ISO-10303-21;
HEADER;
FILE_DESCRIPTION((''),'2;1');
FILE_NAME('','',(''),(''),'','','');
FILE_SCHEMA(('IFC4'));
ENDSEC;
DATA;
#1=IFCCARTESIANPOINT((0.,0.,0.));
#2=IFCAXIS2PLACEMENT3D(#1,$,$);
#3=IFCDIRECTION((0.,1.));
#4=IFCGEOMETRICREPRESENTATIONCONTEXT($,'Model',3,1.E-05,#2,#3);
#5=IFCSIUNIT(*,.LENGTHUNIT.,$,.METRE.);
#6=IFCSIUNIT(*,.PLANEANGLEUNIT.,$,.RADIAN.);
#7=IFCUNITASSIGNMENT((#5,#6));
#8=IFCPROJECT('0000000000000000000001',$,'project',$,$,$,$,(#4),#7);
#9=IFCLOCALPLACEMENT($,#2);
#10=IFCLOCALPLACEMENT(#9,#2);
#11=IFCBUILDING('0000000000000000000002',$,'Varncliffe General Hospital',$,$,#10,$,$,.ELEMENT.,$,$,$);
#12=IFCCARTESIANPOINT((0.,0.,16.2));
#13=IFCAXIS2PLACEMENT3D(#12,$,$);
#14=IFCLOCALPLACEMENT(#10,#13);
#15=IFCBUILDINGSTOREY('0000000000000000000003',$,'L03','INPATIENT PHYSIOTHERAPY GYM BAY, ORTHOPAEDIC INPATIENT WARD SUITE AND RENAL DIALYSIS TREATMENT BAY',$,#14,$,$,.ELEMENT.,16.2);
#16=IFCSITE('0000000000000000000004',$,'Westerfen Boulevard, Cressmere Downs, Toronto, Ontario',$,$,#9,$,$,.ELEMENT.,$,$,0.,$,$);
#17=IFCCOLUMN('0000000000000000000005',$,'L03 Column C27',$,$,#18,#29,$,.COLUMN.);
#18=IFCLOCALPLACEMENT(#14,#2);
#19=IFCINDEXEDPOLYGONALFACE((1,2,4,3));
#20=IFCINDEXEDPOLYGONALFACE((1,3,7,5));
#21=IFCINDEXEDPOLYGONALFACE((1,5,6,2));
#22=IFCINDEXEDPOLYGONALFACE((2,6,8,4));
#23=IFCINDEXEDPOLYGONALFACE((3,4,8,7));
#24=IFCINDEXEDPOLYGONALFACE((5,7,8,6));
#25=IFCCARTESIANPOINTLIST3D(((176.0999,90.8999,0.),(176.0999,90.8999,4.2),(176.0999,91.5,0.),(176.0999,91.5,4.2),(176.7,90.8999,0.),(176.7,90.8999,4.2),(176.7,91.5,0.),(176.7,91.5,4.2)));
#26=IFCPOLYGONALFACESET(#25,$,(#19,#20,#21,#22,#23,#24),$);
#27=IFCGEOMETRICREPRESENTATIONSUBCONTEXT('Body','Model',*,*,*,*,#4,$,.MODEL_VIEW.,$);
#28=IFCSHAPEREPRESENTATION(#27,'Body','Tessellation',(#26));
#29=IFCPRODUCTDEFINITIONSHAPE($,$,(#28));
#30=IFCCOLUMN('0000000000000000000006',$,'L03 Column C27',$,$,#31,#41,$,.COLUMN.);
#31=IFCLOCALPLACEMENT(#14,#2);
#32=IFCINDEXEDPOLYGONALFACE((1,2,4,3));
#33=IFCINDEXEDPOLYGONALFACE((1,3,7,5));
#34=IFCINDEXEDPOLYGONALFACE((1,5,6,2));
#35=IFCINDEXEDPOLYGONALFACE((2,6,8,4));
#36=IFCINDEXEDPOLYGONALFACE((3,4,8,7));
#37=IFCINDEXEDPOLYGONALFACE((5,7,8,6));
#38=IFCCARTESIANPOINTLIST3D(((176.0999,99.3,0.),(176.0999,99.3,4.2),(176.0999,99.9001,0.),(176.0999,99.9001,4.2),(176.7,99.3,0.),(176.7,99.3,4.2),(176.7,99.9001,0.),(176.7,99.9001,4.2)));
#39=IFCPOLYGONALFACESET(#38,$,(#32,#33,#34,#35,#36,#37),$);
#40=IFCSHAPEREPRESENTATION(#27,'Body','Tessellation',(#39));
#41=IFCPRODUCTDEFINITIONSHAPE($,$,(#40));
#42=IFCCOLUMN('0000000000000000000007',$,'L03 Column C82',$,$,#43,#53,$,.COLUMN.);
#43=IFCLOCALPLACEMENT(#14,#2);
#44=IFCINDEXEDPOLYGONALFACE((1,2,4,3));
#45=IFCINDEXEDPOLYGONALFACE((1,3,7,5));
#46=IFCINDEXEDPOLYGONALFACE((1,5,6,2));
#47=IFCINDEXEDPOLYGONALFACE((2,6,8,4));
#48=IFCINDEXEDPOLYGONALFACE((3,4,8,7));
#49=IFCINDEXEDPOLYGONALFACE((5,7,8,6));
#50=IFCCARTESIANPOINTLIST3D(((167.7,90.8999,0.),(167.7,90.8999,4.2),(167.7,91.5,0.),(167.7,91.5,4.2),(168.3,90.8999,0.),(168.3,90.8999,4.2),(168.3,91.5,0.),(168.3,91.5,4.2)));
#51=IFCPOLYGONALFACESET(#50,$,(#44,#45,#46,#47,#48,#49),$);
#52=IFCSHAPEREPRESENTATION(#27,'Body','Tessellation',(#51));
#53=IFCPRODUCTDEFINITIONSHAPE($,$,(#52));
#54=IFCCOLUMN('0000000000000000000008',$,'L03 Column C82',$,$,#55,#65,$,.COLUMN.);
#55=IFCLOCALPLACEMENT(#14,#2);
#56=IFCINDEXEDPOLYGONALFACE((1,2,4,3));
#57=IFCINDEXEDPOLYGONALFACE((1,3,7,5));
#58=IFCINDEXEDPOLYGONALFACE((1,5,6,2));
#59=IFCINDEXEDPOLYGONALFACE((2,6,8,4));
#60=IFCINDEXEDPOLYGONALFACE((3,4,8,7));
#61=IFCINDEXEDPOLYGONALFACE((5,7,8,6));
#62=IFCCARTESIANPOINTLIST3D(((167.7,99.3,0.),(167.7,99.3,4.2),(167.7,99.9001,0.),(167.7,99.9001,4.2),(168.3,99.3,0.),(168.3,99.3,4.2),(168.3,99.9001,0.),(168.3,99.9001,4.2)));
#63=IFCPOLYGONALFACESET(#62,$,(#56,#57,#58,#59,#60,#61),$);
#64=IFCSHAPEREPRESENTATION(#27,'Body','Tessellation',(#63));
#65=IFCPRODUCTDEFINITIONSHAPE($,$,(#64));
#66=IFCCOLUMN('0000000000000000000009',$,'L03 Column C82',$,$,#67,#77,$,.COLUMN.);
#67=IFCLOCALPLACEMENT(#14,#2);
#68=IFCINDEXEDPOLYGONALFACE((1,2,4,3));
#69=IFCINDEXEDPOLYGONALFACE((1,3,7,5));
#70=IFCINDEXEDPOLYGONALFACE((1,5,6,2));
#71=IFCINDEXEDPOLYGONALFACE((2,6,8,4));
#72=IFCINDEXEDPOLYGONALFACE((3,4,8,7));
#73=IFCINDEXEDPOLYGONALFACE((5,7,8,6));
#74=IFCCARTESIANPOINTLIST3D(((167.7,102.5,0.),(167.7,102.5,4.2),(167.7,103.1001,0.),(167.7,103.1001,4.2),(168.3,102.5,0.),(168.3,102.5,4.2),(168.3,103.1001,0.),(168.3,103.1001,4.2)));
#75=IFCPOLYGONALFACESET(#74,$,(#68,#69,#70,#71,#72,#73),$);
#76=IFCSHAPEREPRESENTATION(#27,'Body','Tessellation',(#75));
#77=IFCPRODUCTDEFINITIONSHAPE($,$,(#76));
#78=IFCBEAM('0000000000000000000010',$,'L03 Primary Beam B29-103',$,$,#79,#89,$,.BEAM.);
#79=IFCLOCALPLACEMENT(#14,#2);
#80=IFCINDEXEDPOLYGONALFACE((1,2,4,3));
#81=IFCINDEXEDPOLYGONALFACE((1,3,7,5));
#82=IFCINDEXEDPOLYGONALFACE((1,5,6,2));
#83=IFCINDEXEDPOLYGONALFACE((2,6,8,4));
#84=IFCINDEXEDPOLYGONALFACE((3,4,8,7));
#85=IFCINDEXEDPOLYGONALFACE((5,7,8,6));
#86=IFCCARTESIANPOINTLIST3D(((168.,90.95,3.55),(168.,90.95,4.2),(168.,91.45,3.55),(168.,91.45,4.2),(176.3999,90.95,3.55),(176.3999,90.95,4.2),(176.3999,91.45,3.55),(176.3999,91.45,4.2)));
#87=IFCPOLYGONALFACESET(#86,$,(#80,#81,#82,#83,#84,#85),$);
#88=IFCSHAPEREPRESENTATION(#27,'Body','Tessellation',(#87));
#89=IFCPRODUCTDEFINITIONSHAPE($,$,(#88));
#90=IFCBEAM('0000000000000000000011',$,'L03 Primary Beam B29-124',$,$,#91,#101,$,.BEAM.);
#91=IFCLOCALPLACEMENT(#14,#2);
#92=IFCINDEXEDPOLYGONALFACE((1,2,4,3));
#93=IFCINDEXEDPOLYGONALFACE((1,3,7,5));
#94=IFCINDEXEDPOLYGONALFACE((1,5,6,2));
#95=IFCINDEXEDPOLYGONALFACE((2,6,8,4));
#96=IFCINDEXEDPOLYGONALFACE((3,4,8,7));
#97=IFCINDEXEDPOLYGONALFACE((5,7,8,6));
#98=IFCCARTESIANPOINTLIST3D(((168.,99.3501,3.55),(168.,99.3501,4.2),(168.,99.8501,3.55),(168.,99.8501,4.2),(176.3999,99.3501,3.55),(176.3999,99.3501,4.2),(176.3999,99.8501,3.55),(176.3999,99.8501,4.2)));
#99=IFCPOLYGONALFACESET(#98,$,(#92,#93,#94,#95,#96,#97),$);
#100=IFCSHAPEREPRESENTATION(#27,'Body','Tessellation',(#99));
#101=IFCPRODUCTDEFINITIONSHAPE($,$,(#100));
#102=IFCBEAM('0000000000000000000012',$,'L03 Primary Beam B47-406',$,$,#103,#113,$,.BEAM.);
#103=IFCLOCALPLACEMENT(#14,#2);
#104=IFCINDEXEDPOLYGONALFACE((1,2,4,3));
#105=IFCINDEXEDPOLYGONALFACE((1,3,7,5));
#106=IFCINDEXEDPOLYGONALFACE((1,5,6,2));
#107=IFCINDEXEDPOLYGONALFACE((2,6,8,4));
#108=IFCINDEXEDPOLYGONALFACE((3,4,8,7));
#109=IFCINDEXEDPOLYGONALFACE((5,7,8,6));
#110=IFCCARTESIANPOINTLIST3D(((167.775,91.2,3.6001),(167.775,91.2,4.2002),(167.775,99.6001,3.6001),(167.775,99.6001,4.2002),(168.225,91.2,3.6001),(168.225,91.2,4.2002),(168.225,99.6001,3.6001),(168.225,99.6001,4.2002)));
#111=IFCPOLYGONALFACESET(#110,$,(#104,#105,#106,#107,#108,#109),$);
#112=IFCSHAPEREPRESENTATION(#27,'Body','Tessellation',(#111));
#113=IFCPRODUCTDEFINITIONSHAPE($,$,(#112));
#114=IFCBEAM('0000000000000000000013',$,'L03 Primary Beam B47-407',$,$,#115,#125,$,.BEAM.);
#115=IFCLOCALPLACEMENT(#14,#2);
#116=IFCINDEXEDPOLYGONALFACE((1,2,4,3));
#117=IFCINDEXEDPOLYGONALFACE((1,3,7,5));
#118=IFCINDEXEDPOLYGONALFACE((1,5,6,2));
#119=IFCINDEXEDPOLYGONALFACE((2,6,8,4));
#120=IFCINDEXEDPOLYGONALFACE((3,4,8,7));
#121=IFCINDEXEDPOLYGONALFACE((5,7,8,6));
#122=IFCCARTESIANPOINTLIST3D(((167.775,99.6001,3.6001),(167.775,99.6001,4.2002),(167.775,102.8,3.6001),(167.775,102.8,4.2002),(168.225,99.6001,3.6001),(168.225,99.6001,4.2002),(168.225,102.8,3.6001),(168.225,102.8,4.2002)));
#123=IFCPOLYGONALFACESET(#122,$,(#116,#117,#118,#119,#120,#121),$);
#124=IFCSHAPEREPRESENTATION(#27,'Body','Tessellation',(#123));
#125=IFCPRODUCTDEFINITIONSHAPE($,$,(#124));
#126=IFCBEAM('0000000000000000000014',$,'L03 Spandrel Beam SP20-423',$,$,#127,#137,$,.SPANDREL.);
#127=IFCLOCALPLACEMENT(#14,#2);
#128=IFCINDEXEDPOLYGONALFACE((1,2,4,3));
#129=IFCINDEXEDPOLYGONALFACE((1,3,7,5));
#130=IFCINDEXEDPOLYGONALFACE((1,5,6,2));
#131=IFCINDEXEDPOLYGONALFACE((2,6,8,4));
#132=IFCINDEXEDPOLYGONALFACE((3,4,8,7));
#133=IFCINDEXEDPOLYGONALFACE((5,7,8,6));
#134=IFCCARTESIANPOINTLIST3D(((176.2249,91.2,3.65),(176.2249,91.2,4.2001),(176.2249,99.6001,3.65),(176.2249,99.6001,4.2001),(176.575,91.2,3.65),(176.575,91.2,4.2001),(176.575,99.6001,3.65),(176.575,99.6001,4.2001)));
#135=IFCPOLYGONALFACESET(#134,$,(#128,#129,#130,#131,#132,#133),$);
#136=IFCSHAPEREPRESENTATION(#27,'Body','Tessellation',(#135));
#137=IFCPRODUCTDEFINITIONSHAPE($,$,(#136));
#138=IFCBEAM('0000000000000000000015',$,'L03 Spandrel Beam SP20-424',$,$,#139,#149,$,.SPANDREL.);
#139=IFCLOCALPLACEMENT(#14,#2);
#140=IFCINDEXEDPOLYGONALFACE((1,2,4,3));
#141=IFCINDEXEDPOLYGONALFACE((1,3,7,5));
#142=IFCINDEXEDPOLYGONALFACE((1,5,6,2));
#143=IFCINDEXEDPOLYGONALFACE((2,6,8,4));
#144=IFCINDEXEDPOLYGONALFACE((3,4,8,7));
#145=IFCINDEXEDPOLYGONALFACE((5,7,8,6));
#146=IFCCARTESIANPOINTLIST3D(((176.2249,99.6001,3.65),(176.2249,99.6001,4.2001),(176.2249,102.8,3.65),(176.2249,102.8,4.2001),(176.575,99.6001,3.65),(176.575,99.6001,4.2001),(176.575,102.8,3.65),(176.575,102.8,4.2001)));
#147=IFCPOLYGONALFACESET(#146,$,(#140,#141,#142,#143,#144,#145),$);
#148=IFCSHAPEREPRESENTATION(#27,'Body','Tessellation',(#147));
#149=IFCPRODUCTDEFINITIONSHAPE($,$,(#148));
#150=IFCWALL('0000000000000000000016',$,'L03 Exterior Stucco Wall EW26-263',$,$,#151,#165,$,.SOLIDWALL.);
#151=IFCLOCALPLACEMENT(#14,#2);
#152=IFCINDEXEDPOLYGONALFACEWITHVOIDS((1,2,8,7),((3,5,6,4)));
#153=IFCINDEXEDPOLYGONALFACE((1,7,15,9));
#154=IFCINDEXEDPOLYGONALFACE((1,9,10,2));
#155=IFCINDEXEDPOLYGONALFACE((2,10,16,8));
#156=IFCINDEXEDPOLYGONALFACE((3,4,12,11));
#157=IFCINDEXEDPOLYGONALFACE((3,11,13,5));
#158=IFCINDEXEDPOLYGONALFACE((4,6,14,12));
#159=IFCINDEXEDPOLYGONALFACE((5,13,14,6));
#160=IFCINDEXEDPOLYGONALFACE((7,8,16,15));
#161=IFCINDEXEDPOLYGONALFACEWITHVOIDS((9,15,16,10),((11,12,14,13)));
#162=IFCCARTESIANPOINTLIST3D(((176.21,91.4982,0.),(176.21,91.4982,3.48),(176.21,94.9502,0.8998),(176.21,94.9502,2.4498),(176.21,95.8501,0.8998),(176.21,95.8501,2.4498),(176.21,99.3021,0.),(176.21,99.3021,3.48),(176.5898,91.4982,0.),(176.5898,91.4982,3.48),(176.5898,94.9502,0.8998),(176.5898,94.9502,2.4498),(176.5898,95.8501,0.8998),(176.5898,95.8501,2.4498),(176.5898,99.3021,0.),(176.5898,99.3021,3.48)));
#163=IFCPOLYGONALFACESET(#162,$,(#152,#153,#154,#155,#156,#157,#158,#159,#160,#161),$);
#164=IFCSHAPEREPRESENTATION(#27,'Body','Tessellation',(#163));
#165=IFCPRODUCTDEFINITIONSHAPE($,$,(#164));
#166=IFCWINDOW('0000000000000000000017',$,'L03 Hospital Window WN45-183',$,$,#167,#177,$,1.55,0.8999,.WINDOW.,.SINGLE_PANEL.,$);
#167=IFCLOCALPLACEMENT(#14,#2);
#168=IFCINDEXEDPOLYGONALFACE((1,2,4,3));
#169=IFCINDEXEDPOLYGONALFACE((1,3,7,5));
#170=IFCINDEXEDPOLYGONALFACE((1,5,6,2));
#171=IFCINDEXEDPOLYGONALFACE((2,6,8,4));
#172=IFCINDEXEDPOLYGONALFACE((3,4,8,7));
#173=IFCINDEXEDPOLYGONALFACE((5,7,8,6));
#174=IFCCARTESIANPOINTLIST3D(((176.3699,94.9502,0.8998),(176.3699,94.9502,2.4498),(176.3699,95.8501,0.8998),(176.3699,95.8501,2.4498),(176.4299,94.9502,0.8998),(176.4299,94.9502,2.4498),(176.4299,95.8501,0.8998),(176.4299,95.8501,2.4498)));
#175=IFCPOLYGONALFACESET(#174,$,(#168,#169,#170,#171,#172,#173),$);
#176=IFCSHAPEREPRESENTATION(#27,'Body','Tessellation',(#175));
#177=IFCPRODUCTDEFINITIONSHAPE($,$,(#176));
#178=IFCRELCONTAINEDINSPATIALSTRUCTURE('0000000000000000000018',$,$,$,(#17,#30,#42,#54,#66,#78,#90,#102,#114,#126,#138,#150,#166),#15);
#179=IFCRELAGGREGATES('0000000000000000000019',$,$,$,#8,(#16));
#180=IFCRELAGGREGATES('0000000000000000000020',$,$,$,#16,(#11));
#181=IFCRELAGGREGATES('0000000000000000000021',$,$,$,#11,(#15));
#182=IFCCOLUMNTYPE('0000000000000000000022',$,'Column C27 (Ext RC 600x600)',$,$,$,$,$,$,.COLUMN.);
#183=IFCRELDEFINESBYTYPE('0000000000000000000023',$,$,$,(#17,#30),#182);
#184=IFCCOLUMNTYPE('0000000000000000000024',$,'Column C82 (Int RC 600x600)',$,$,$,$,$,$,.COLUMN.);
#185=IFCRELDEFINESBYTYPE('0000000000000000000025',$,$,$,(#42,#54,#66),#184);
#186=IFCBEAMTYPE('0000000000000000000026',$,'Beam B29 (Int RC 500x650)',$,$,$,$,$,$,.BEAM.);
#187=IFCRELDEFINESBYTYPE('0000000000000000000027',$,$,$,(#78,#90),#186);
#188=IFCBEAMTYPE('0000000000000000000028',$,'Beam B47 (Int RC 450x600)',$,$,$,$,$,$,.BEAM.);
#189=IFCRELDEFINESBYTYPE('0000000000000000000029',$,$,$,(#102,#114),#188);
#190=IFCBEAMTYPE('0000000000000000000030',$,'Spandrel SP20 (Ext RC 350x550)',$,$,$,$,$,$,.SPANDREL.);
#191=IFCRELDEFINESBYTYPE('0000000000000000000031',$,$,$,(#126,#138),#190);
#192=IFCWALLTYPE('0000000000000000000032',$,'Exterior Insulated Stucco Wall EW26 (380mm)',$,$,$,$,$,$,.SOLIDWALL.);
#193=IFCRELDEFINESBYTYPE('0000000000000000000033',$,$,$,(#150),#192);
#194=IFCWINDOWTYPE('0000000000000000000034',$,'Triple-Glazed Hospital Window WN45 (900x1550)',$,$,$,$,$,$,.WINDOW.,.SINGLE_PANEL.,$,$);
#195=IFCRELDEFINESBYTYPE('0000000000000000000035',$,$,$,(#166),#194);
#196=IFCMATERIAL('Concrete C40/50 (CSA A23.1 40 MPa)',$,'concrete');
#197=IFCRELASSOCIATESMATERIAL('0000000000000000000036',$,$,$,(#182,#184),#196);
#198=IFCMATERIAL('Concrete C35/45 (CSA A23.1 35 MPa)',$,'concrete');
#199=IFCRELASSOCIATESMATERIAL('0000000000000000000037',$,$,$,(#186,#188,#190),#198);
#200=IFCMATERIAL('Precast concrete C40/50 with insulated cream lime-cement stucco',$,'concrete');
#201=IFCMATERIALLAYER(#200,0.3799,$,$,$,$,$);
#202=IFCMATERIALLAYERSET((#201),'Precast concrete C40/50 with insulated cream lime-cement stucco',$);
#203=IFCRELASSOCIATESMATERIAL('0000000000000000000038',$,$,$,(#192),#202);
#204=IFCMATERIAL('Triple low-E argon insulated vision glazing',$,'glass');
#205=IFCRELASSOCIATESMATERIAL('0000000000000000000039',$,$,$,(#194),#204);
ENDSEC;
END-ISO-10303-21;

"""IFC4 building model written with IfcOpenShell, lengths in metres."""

from ifc_helpers import new_model, si_unit, direction, frame, frame_2d, origin, origin_2d, place, context, subcontext, project, spatial, rectangle, extrude, material, layer, layer_set, material_profile, profile_set, type_object, element, fill, save


model = new_model("IFC4")

# Units and contexts
model_context = context("Model", 3, precision=1e-05, world=origin(), true_north=direction((0.0, 1.0)))
body_context = subcontext(model_context, "Body", "Model", "MODEL_VIEW")
ifc_project = project(units=[si_unit("LENGTHUNIT", "METRE"), si_unit("PLANEANGLEUNIT", "RADIAN")], contexts=[model_context])

# Site, building, storey
site_placement = place(None, origin())
site = spatial("IfcSite", under=ifc_project, at=site_placement, Name="Westerfen Boulevard, Cressmere Downs, Toronto, Ontario", CompositionType="ELEMENT", RefElevation=0.0)
building_placement = place(site_placement, origin())
building = spatial("IfcBuilding", under=site, at=building_placement, Name="Varncliffe General Hospital", CompositionType="ELEMENT")
storey_placement = place(building_placement, frame((0.0, 0.0, 16.2)))
storey = spatial("IfcBuildingStorey", under=building, at=storey_placement, Name="L03", Description="INPATIENT PHYSIOTHERAPY GYM BAY, ORTHOPAEDIC INPATIENT WARD SUITE AND RENAL DIALYSIS TREATMENT BAY", CompositionType="ELEMENT", Elevation=16.2)

# Columns
ifc_material_1 = material(Name="Concrete C40/50 (CSA A23.1 40 MPa)", Category="concrete")
ifc_material_profile_1 = material_profile(ifc_material_1, rectangle(XDim=0.6001, YDim=0.6001, at=origin_2d()), Name="RC 600x600")
ifc_profile_set_1 = profile_set([ifc_material_profile_1], Name="Concrete C40/50 (CSA A23.1 40 MPa)")
column_type_1 = type_object("IfcColumnType", Name="Column C27 (Ext RC 600x600)", PredefinedType="COLUMN", material=ifc_profile_set_1)
for number, where, z_axis, x_axis, name in (
    (1, (176.3999, 91.2, 0.0), (0.0, 0.0, 1.0), (1.0, 0.0, 0.0), "L03 Column C27"),
    (2, (176.3999, 99.6001, 0.0), (0.0, 0.0, 1.0), (1.0, 0.0, 0.0), "L03 Column C27"),
):
    element("IfcColumn", number, at=place(storey_placement, frame(where, z_axis=z_axis, x_axis=x_axis)), inside=storey, type_object=column_type_1, Name=name, PredefinedType="COLUMN", context=body_context, shape_type="SweptSolid", body=[
        extrude(rectangle(XDim=0.6001, YDim=0.6001, at=origin_2d()), origin(), (0.0, 0.0, 1.0), 4.2),
    ])
ifc_material_profile_2 = material_profile(ifc_material_1, rectangle(XDim=0.6001, YDim=0.6001, at=origin_2d()), Name="RC 600x600")
ifc_profile_set_2 = profile_set([ifc_material_profile_2], Name="Concrete C40/50 (CSA A23.1 40 MPa)")
column_type_2 = type_object("IfcColumnType", Name="Column C82 (Int RC 600x600)", PredefinedType="COLUMN", material=ifc_profile_set_2)
for number, where, z_axis, x_axis, name in (
    (3, (168.0, 91.2, 0.0), (0.0, 0.0, 1.0), (1.0, 0.0, 0.0), "L03 Column C82"),
    (4, (168.0, 99.6001, 0.0), (0.0, 0.0, 1.0), (1.0, 0.0, 0.0), "L03 Column C82"),
    (5, (168.0, 102.8, 0.0), (0.0, 0.0, 1.0), (1.0, 0.0, 0.0), "L03 Column C82"),
):
    element("IfcColumn", number, at=place(storey_placement, frame(where, z_axis=z_axis, x_axis=x_axis)), inside=storey, type_object=column_type_2, Name=name, PredefinedType="COLUMN", context=body_context, shape_type="SweptSolid", body=[
        extrude(rectangle(XDim=0.6001, YDim=0.6001, at=origin_2d()), origin(), (0.0, 0.0, 1.0), 4.2),
    ])

# Beams
ifc_material_2 = material(Name="Concrete C35/45 (CSA A23.1 35 MPa)", Category="concrete")
ifc_material_profile_3 = material_profile(ifc_material_2, rectangle(XDim=0.5, YDim=0.6499, at=origin_2d()), Name="RC 500x650")
ifc_profile_set_3 = profile_set([ifc_material_profile_3], Name="Concrete C35/45 (CSA A23.1 35 MPa)")
beam_type_1 = type_object("IfcBeamType", Name="Beam B29 (Int RC 500x650)", PredefinedType="BEAM", material=ifc_profile_set_3)
for number, where, z_axis, x_axis, name in (
    (6, (168.0, 91.2, 3.875), (1.0, 0.0, 0.0), (0.0, 1.0, 0.0), "L03 Primary Beam B29-103"),
    (7, (168.0, 99.6001, 3.875), (1.0, 0.0, 0.0), (0.0, 1.0, 0.0), "L03 Primary Beam B29-124"),
):
    element("IfcBeam", number, at=place(storey_placement, frame(where, z_axis=z_axis, x_axis=x_axis)), inside=storey, type_object=beam_type_1, Name=name, PredefinedType="BEAM", context=body_context, shape_type="SweptSolid", body=[
        extrude(rectangle(XDim=0.5, YDim=0.6499, at=origin_2d()), origin(), (0.0, 0.0, 1.0), 8.3999),
    ])
ifc_material_profile_4 = material_profile(ifc_material_2, rectangle(XDim=0.45, YDim=0.6001, at=origin_2d()), Name="RC 450x600")
ifc_profile_set_4 = profile_set([ifc_material_profile_4], Name="Concrete C35/45 (CSA A23.1 35 MPa)")
beam_type_2 = type_object("IfcBeamType", Name="Beam B47 (Int RC 450x600)", PredefinedType="BEAM", material=ifc_profile_set_4)
beam_1_placement = place(storey_placement, frame((168.0, 91.2, 3.9001), z_axis=(0.0, 1.0, 0.0), x_axis=(-1.0, 0.0, 0.0)))
element("IfcBeam", 8, at=beam_1_placement, inside=storey, type_object=beam_type_2, Name="L03 Primary Beam B47-406", PredefinedType="BEAM", context=body_context, shape_type="SweptSolid", body=[
    extrude(rectangle(XDim=0.45, YDim=0.6001, at=origin_2d()), origin(), (0.0, 0.0, 1.0), 8.4001),
])
beam_2_placement = place(storey_placement, frame((168.0, 99.6001, 3.9001), z_axis=(0.0, 1.0, 0.0), x_axis=(-1.0, 0.0, 0.0)))
element("IfcBeam", 9, at=beam_2_placement, inside=storey, type_object=beam_type_2, Name="L03 Primary Beam B47-407", PredefinedType="BEAM", context=body_context, shape_type="SweptSolid", body=[
    extrude(rectangle(XDim=0.45, YDim=0.6001, at=origin_2d()), origin(), (0.0, 0.0, 1.0), 3.2),
])
ifc_material_profile_5 = material_profile(ifc_material_2, rectangle(XDim=0.3501, YDim=0.55, at=origin_2d()), Name="RC 350x550")
ifc_profile_set_5 = profile_set([ifc_material_profile_5], Name="Concrete C35/45 (CSA A23.1 35 MPa)")
beam_type_3 = type_object("IfcBeamType", Name="Spandrel SP20 (Ext RC 350x550)", PredefinedType="SPANDREL", material=ifc_profile_set_5)
beam_3_placement = place(storey_placement, frame((176.3999, 91.2, 3.925), z_axis=(0.0, 1.0, 0.0), x_axis=(-1.0, 0.0, 0.0)))
element("IfcBeam", 10, at=beam_3_placement, inside=storey, type_object=beam_type_3, Name="L03 Spandrel Beam SP20-423", PredefinedType="SPANDREL", context=body_context, shape_type="SweptSolid", body=[
    extrude(rectangle(XDim=0.3501, YDim=0.55, at=origin_2d()), origin(), (0.0, 0.0, 1.0), 8.4001),
])
beam_4_placement = place(storey_placement, frame((176.3999, 99.6001, 3.925), z_axis=(0.0, 1.0, 0.0), x_axis=(-1.0, 0.0, 0.0)))
element("IfcBeam", 11, at=beam_4_placement, inside=storey, type_object=beam_type_3, Name="L03 Spandrel Beam SP20-424", PredefinedType="SPANDREL", context=body_context, shape_type="SweptSolid", body=[
    extrude(rectangle(XDim=0.3501, YDim=0.55, at=origin_2d()), origin(), (0.0, 0.0, 1.0), 3.2),
])

# Wall, opening, window
ifc_material_3 = material(Name="Precast concrete C40/50 with insulated cream lime-cement stucco", Category="concrete")
ifc_layer_1 = layer(ifc_material_3, 0.3799)
ifc_layer_set_1 = layer_set([ifc_layer_1], Name="Precast concrete C40/50 with insulated cream lime-cement stucco")
wall_type_1 = type_object("IfcWallType", Name="Exterior Insulated Stucco Wall EW26 (380mm)", PredefinedType="SOLIDWALL", material=ifc_layer_set_1)
wall_1_placement = place(storey_placement, frame((176.3999, 99.302, 0.0), z_axis=(0.0, 0.0, 1.0), x_axis=(0.0, -1.0, 0.0)))
wall_1 = element("IfcWall", 12, at=wall_1_placement, inside=storey, type_object=wall_type_1, Name="L03 Exterior Stucco Wall EW26-263", PredefinedType="SOLIDWALL", context=body_context, shape_type="SweptSolid", body=[
    extrude(rectangle(XDim=7.804, YDim=0.3799, at=frame_2d((3.9019, 0.0))), origin(), (0.0, 0.0, 1.0), 3.48),
])
opening_1_placement = place(wall_1_placement, frame((3.4519, 0.0, 0.8999)))
opening_1 = element("IfcOpeningElement", 13, at=opening_1_placement, cuts=wall_1, PredefinedType="OPENING", context=body_context, shape_type="SweptSolid", body=[
    extrude(rectangle(XDim=0.8999, YDim=1.55, at=frame_2d((0.45, 0.7749))), frame((0.0, 0.2, 0.0), z_axis=(0.0, -1.0, 0.0), x_axis=(1.0, 0.0, 0.0)), (0.0, 0.0, 1.0), 0.3999),
])
ifc_material_4 = material(Name="Triple low-E argon insulated vision glazing", Category="glass")
window_type_1 = type_object("IfcWindowType", Name="Triple-Glazed Hospital Window WN45 (900x1550)", PartitioningType="SINGLE_PANEL", PredefinedType="WINDOW", material=ifc_material_4)
window_1_placement = place(opening_1_placement, origin())
window_1 = element("IfcWindow", 14, at=window_1_placement, inside=storey, type_object=window_type_1, Name="L03 Hospital Window WN45-183", OverallHeight=1.55, OverallWidth=0.8999, PartitioningType="SINGLE_PANEL", PredefinedType="WINDOW", context=body_context, shape_type="SweptSolid", body=[
    extrude(rectangle(XDim=0.8999, YDim=1.55, at=frame_2d((0.45, 0.7749))), frame((0.0, 0.03, 0.0), z_axis=(0.0, -1.0, 0.0), x_axis=(1.0, 0.0, 0.0)), (0.0, 0.0, 1.0), 0.0601),
])
fill(opening_1, window_1)

save(model, "model.ifc")
